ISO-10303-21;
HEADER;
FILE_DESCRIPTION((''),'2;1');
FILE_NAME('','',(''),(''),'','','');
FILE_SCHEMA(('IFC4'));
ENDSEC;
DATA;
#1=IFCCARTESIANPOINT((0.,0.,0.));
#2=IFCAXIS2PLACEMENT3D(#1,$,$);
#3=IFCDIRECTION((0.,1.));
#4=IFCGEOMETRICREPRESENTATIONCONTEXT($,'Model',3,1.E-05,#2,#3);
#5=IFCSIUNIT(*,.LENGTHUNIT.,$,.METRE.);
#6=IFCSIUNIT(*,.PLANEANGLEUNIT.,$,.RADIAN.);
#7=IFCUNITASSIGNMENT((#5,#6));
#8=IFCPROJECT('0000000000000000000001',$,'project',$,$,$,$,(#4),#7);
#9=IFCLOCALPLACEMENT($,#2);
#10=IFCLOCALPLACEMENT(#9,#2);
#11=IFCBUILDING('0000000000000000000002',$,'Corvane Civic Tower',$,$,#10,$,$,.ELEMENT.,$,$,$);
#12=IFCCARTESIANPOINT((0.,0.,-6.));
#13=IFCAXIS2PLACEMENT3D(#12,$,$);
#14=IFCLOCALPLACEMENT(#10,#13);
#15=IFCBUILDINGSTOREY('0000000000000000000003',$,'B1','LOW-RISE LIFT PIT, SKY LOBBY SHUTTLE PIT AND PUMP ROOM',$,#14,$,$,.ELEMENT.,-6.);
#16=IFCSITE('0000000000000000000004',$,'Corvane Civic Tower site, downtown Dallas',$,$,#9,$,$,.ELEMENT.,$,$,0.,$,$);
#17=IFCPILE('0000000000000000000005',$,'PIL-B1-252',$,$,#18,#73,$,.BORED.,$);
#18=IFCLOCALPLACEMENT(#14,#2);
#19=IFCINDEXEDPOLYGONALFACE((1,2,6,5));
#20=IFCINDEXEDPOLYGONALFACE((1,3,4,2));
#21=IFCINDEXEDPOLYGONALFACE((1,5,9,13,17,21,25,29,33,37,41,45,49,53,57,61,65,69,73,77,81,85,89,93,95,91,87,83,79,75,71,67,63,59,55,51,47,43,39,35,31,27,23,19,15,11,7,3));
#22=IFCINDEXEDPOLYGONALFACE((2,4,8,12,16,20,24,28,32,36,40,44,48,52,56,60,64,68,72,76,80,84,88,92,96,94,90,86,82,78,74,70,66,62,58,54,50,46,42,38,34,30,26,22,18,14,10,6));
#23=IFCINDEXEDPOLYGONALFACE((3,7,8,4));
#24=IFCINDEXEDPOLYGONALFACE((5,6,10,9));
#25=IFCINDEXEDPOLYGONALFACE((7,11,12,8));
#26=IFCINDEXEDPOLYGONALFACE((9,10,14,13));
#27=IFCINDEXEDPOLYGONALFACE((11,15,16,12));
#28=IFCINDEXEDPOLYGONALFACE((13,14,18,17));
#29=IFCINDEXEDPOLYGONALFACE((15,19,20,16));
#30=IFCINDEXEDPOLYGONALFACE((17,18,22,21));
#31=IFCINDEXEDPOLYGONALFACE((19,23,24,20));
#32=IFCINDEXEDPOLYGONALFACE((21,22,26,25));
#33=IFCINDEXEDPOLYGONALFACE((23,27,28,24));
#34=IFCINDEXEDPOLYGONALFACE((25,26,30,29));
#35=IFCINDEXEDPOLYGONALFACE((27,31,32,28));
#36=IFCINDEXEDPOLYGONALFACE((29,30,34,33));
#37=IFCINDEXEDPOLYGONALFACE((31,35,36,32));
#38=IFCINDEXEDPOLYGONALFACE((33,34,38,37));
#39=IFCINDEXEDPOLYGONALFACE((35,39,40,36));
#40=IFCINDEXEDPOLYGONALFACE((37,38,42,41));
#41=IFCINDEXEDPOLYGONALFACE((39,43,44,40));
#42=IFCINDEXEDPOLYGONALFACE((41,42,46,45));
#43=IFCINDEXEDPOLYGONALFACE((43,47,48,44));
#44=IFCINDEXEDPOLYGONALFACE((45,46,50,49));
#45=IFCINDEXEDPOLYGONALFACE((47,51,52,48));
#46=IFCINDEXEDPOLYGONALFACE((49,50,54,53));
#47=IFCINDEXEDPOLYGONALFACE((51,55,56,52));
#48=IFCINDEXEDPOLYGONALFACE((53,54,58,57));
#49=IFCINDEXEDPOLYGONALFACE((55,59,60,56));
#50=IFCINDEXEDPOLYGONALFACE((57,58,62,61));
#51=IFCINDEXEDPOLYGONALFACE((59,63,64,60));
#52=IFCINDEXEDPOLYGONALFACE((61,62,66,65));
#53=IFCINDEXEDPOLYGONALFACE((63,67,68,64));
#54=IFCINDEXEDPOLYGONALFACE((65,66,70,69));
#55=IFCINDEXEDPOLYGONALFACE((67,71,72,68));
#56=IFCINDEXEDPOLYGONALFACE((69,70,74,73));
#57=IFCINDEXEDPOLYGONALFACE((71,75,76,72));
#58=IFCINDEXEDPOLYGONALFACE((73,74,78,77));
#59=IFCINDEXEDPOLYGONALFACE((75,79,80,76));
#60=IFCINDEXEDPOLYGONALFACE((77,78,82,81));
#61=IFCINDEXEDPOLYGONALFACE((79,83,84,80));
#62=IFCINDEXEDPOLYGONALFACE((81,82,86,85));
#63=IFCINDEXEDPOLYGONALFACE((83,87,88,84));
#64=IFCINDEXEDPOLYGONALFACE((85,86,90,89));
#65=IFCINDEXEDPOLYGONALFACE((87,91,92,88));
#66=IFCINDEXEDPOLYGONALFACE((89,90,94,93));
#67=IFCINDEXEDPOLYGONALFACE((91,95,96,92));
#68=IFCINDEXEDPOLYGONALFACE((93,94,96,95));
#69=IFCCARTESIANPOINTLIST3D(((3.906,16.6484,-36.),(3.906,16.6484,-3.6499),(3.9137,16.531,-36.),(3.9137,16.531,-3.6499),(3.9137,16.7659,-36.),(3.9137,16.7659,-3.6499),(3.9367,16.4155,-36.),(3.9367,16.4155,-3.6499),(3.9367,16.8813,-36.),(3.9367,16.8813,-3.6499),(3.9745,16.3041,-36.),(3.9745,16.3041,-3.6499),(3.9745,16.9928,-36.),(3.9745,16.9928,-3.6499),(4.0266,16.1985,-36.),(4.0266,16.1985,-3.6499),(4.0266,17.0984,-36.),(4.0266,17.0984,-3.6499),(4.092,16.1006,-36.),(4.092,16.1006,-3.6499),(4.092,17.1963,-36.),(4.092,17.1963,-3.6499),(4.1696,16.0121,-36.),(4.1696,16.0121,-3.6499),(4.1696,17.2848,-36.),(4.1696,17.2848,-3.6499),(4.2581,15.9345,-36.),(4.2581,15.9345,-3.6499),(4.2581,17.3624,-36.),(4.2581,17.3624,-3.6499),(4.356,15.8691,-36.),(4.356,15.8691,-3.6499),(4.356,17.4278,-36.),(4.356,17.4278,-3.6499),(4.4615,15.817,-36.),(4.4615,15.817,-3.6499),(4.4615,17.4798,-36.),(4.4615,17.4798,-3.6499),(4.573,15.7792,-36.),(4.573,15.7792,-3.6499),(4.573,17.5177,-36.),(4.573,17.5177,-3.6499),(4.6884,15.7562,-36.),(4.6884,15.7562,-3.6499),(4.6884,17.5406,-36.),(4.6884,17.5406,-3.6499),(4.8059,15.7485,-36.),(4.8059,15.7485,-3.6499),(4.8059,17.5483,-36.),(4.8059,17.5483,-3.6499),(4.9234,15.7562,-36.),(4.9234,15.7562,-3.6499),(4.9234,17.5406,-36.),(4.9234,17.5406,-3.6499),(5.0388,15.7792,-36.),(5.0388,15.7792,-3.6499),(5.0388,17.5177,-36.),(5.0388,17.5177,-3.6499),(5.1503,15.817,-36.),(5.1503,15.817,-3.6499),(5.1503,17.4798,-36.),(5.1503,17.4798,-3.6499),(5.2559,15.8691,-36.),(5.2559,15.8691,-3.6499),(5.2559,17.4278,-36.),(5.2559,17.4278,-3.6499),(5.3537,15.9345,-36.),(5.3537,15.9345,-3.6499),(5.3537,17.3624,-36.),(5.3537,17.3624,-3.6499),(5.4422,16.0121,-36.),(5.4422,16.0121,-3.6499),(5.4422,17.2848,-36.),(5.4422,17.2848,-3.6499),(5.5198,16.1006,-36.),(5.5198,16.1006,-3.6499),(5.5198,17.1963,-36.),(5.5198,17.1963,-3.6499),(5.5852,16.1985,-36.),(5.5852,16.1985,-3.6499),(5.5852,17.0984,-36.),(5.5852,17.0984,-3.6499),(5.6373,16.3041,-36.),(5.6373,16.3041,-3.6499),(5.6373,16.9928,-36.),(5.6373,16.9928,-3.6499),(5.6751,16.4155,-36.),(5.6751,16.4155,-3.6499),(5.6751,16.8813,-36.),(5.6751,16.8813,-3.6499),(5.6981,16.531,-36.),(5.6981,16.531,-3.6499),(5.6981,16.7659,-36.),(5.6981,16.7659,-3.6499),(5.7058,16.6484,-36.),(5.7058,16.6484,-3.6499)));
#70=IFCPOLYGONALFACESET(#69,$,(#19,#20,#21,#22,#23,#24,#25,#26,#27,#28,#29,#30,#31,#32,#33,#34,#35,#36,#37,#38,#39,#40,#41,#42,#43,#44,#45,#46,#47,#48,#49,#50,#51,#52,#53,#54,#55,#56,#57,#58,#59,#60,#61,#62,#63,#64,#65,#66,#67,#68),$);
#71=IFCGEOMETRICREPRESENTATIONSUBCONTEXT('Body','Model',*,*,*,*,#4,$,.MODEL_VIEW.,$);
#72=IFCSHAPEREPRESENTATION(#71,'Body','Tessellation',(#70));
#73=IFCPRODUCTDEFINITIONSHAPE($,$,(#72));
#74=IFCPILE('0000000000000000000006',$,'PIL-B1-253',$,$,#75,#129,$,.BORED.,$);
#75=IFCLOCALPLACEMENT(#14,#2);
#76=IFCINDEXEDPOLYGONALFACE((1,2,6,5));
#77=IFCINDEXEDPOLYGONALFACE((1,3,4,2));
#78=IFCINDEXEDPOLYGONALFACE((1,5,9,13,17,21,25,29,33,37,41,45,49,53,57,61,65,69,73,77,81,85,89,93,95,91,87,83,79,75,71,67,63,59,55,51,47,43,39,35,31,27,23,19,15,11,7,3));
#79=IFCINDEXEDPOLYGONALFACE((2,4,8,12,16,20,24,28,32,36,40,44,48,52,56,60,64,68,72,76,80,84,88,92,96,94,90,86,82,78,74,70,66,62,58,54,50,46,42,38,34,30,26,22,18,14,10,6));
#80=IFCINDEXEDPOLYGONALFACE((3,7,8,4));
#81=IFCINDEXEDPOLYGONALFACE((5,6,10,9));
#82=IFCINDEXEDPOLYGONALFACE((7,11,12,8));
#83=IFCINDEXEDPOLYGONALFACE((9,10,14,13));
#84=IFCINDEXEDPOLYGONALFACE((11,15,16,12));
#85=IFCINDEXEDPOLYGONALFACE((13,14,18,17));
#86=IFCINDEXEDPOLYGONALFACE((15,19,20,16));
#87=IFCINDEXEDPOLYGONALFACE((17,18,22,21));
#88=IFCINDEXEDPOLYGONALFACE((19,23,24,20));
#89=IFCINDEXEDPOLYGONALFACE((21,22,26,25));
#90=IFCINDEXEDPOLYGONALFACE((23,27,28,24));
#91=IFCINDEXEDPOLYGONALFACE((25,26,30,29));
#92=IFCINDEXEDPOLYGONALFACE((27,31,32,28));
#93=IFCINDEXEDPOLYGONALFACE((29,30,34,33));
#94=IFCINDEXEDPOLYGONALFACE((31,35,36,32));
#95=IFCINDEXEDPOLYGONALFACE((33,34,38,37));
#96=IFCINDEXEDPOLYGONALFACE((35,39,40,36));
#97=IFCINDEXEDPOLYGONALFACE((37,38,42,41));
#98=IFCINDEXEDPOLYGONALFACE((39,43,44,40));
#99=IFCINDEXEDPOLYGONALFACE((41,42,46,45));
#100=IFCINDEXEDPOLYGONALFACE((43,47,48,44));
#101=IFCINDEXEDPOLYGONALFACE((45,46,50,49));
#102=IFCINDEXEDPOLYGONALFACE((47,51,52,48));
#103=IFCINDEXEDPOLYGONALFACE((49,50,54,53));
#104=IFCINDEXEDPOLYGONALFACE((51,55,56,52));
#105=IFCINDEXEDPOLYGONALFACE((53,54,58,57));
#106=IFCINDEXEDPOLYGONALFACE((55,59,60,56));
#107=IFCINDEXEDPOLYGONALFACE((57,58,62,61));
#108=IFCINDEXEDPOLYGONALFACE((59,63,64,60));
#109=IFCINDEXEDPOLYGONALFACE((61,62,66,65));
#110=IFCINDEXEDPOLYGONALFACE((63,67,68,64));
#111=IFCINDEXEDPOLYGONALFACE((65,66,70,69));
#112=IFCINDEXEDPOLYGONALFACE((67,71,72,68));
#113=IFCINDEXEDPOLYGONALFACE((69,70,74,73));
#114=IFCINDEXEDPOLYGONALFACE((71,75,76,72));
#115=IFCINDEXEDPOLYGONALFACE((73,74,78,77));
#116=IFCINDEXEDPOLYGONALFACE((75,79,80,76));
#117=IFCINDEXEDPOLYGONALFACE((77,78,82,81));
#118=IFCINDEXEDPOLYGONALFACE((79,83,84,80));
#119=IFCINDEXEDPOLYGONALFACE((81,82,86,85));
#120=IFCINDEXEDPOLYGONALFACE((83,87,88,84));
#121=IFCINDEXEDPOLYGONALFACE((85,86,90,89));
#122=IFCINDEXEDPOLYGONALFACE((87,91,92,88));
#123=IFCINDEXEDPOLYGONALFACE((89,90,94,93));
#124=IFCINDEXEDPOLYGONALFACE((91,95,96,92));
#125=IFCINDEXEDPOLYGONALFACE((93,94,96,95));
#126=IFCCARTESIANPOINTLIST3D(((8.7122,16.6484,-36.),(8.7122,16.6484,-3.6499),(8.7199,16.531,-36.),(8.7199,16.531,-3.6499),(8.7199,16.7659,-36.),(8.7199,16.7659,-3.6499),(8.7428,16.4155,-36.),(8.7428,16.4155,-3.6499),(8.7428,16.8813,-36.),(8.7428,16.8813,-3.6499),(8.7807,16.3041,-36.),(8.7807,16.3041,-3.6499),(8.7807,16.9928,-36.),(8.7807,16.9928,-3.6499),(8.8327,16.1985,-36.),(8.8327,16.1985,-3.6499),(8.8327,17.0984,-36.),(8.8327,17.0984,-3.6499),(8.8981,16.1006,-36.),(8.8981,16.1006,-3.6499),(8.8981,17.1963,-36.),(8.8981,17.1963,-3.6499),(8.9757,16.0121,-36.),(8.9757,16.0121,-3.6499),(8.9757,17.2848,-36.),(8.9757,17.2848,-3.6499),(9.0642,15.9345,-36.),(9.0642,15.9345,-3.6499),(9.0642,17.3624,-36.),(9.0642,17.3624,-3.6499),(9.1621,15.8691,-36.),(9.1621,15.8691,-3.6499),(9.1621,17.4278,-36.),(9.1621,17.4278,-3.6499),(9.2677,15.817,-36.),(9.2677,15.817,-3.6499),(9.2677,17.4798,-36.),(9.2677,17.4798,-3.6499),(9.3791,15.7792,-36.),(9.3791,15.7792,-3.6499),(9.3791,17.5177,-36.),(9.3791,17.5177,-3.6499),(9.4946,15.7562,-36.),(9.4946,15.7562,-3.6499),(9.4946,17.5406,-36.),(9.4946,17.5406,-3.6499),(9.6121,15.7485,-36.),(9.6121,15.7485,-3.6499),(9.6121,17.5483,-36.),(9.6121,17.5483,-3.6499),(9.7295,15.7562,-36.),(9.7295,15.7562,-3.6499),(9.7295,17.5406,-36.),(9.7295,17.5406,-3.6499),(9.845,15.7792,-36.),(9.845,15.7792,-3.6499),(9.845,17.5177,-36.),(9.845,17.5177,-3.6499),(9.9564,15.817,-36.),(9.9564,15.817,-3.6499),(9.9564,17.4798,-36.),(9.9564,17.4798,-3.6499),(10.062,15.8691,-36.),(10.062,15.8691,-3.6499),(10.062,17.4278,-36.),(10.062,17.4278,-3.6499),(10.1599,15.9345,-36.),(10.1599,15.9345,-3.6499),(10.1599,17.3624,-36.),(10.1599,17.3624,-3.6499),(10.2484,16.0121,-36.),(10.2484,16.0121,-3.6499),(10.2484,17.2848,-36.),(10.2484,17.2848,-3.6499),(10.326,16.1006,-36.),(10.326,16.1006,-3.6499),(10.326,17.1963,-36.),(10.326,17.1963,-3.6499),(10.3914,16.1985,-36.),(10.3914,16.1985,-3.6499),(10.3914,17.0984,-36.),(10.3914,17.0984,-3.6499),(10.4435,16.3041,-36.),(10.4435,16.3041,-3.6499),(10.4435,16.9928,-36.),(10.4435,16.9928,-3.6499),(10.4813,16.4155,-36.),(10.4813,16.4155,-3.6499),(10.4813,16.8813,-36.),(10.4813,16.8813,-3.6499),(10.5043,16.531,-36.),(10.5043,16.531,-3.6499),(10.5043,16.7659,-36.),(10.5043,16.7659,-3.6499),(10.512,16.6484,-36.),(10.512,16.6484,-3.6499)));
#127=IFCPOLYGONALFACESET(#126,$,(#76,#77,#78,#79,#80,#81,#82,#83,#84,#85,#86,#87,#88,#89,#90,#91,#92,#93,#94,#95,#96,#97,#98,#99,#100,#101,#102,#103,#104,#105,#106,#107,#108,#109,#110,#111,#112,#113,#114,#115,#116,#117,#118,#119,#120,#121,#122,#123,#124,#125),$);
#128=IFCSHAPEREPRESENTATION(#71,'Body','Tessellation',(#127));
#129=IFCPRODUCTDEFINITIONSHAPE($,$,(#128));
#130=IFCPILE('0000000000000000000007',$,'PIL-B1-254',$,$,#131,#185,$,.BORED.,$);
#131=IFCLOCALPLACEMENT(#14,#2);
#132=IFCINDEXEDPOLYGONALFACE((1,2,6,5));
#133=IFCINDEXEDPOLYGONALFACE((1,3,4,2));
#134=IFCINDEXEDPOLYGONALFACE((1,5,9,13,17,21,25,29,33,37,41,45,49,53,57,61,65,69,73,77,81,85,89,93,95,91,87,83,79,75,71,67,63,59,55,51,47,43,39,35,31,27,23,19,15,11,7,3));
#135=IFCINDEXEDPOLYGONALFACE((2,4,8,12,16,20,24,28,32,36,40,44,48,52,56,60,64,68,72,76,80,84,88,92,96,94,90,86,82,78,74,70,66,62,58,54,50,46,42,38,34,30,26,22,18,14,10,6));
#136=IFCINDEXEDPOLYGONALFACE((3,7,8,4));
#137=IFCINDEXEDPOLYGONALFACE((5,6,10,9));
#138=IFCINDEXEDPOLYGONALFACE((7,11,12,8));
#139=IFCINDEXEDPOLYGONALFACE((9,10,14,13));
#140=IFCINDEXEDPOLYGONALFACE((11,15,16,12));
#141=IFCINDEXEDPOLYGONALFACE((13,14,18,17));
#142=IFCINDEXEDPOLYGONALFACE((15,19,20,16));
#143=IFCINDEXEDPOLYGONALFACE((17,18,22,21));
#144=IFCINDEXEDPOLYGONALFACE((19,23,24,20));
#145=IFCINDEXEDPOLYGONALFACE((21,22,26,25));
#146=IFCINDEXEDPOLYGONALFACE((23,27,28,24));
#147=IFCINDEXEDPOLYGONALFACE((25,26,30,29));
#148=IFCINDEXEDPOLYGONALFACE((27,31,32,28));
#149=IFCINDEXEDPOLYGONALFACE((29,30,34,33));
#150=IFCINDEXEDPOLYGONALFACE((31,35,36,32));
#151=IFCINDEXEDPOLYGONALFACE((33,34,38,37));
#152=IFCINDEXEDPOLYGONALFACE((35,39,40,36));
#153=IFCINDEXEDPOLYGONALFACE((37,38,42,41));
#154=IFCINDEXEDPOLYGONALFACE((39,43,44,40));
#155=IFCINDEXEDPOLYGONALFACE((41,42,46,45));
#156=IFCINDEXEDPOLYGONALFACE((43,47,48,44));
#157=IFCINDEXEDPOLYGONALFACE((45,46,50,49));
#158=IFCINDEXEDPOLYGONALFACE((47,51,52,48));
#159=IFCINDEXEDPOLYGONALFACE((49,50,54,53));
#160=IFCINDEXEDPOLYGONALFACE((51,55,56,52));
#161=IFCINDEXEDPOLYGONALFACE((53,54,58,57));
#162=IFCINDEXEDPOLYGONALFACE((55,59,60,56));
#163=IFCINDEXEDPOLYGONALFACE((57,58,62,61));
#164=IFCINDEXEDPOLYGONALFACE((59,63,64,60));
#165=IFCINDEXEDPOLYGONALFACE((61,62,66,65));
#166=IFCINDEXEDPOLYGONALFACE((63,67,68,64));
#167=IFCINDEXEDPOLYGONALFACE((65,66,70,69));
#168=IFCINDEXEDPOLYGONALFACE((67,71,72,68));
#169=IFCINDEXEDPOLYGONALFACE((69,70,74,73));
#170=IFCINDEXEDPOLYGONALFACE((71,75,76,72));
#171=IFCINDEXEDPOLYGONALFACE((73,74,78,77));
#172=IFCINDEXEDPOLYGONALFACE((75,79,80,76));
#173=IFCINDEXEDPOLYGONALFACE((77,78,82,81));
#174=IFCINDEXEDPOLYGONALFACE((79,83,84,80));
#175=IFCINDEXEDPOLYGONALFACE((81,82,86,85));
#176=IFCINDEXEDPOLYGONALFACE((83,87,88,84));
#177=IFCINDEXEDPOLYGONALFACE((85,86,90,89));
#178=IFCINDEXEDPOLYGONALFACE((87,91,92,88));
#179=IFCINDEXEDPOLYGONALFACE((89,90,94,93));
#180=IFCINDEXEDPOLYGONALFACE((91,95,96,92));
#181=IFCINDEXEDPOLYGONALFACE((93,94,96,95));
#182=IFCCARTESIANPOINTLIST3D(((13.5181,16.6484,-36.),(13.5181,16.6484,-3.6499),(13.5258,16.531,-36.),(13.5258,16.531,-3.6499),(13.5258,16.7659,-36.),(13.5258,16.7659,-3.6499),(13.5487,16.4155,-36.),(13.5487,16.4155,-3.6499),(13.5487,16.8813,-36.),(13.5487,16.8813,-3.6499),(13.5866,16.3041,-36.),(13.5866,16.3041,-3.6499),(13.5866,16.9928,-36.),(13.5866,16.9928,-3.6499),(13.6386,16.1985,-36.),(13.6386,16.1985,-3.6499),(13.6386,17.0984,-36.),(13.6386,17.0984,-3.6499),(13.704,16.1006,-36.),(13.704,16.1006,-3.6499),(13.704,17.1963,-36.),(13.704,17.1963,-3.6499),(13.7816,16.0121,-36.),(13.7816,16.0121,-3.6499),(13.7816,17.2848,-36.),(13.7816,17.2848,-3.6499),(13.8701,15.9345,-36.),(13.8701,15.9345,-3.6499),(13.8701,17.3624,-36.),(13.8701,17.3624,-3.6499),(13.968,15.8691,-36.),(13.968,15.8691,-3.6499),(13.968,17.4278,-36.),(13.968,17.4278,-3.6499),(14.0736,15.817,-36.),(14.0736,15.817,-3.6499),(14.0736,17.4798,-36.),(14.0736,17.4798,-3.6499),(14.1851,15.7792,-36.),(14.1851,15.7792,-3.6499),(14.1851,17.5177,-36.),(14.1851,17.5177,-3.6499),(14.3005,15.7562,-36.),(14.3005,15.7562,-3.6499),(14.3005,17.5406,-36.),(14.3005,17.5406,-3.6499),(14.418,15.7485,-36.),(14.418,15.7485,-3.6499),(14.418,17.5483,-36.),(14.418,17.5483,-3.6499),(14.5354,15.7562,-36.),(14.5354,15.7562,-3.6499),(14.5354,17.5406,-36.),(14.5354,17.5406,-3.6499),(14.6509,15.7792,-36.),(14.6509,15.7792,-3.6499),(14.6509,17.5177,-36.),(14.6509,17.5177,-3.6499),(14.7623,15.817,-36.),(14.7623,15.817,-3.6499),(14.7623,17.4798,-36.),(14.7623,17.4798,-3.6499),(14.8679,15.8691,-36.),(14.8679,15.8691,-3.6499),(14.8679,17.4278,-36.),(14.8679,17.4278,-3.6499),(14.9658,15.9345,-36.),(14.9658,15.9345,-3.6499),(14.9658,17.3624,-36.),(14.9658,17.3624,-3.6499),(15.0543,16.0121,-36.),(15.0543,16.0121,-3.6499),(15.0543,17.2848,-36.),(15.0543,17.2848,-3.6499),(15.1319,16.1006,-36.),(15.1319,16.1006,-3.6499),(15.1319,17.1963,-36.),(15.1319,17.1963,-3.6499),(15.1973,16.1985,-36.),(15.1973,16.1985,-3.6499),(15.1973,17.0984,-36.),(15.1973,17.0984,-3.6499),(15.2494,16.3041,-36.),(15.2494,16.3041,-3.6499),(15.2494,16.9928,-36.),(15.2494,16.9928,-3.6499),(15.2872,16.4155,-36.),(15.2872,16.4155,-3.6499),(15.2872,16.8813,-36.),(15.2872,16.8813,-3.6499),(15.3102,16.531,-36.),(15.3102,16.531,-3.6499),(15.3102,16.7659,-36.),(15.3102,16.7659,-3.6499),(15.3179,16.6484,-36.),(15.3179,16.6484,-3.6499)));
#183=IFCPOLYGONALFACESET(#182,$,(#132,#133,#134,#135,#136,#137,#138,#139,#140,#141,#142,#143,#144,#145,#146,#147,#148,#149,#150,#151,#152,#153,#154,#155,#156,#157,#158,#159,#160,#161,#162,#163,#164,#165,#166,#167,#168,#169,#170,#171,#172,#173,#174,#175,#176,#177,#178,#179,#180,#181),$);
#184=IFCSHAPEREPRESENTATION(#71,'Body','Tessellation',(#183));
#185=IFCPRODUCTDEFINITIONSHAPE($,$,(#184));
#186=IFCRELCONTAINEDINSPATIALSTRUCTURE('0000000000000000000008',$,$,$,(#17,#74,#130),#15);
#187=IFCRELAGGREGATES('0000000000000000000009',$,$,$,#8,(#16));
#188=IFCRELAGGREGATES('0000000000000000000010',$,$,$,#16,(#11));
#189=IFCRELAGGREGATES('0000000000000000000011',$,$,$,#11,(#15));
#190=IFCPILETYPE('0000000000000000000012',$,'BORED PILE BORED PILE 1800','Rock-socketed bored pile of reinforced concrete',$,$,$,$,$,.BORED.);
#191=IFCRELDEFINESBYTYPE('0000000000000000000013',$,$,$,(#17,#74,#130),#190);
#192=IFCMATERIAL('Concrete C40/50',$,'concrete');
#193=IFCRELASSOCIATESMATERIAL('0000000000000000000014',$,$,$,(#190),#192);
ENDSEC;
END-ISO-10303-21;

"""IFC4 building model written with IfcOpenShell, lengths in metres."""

from ifc_helpers import new_model, si_unit, direction, frame, origin, origin_2d, place, context, subcontext, project, spatial, circle, extrude, material, material_profile, profile_set, type_object, element, save


model = new_model("IFC4")

# Units and contexts
model_context = context("Model", 3, precision=1e-05, world=origin(), true_north=direction((0.0, 1.0)))
body_context = subcontext(model_context, "Body", "Model", "MODEL_VIEW")
ifc_project = project(units=[si_unit("LENGTHUNIT", "METRE"), si_unit("PLANEANGLEUNIT", "RADIAN")], contexts=[model_context])

# Site, building, storey
site_placement = place(None, origin())
site = spatial("IfcSite", under=ifc_project, at=site_placement, Name="Corvane Civic Tower site, downtown Dallas", CompositionType="ELEMENT", RefElevation=0.0)
building_placement = place(site_placement, origin())
building = spatial("IfcBuilding", under=site, at=building_placement, Name="Corvane Civic Tower", CompositionType="ELEMENT")
storey_placement = place(building_placement, frame((0.0, 0.0, -6.0)))
storey = spatial("IfcBuildingStorey", under=building, at=storey_placement, Name="B1", Description="LOW-RISE LIFT PIT, SKY LOBBY SHUTTLE PIT AND PUMP ROOM", CompositionType="ELEMENT", Elevation=-6.0)

# Piles
ifc_material_1 = material(Name="Concrete C40/50", Category="concrete")
ifc_material_profile = material_profile(ifc_material_1, circle(Radius=0.8999, at=origin_2d()), Name="BORED PILE 1800")
ifc_profile_set = profile_set([ifc_material_profile], Name="Concrete C40/50")
pile_type = type_object("IfcPileType", Name="BORED PILE BORED PILE 1800", Description="Rock-socketed bored pile of reinforced concrete", PredefinedType="BORED", material=ifc_profile_set)
for number, where, z_axis, x_axis, name in (
    (1, (4.8059, 16.6484, -3.6499), (0.0, 0.0, -1.0), (1.0, 0.0, 0.0), "PIL-B1-252"),
    (2, (9.6121, 16.6484, -3.6499), (0.0, 0.0, -1.0), (1.0, 0.0, 0.0), "PIL-B1-253"),
    (3, (14.418, 16.6484, -3.6499), (0.0, 0.0, -1.0), (1.0, 0.0, 0.0), "PIL-B1-254"),
):
    element("IfcPile", number, at=place(storey_placement, frame(where, z_axis=z_axis, x_axis=x_axis)), inside=storey, type_object=pile_type, Name=name, PredefinedType="BORED", context=body_context, shape_type="SweptSolid", body=[
        extrude(circle(Radius=0.8999, at=origin_2d()), origin(), (0.0, 0.0, 1.0), 32.3501),
    ])

save(model, "model.ifc")
